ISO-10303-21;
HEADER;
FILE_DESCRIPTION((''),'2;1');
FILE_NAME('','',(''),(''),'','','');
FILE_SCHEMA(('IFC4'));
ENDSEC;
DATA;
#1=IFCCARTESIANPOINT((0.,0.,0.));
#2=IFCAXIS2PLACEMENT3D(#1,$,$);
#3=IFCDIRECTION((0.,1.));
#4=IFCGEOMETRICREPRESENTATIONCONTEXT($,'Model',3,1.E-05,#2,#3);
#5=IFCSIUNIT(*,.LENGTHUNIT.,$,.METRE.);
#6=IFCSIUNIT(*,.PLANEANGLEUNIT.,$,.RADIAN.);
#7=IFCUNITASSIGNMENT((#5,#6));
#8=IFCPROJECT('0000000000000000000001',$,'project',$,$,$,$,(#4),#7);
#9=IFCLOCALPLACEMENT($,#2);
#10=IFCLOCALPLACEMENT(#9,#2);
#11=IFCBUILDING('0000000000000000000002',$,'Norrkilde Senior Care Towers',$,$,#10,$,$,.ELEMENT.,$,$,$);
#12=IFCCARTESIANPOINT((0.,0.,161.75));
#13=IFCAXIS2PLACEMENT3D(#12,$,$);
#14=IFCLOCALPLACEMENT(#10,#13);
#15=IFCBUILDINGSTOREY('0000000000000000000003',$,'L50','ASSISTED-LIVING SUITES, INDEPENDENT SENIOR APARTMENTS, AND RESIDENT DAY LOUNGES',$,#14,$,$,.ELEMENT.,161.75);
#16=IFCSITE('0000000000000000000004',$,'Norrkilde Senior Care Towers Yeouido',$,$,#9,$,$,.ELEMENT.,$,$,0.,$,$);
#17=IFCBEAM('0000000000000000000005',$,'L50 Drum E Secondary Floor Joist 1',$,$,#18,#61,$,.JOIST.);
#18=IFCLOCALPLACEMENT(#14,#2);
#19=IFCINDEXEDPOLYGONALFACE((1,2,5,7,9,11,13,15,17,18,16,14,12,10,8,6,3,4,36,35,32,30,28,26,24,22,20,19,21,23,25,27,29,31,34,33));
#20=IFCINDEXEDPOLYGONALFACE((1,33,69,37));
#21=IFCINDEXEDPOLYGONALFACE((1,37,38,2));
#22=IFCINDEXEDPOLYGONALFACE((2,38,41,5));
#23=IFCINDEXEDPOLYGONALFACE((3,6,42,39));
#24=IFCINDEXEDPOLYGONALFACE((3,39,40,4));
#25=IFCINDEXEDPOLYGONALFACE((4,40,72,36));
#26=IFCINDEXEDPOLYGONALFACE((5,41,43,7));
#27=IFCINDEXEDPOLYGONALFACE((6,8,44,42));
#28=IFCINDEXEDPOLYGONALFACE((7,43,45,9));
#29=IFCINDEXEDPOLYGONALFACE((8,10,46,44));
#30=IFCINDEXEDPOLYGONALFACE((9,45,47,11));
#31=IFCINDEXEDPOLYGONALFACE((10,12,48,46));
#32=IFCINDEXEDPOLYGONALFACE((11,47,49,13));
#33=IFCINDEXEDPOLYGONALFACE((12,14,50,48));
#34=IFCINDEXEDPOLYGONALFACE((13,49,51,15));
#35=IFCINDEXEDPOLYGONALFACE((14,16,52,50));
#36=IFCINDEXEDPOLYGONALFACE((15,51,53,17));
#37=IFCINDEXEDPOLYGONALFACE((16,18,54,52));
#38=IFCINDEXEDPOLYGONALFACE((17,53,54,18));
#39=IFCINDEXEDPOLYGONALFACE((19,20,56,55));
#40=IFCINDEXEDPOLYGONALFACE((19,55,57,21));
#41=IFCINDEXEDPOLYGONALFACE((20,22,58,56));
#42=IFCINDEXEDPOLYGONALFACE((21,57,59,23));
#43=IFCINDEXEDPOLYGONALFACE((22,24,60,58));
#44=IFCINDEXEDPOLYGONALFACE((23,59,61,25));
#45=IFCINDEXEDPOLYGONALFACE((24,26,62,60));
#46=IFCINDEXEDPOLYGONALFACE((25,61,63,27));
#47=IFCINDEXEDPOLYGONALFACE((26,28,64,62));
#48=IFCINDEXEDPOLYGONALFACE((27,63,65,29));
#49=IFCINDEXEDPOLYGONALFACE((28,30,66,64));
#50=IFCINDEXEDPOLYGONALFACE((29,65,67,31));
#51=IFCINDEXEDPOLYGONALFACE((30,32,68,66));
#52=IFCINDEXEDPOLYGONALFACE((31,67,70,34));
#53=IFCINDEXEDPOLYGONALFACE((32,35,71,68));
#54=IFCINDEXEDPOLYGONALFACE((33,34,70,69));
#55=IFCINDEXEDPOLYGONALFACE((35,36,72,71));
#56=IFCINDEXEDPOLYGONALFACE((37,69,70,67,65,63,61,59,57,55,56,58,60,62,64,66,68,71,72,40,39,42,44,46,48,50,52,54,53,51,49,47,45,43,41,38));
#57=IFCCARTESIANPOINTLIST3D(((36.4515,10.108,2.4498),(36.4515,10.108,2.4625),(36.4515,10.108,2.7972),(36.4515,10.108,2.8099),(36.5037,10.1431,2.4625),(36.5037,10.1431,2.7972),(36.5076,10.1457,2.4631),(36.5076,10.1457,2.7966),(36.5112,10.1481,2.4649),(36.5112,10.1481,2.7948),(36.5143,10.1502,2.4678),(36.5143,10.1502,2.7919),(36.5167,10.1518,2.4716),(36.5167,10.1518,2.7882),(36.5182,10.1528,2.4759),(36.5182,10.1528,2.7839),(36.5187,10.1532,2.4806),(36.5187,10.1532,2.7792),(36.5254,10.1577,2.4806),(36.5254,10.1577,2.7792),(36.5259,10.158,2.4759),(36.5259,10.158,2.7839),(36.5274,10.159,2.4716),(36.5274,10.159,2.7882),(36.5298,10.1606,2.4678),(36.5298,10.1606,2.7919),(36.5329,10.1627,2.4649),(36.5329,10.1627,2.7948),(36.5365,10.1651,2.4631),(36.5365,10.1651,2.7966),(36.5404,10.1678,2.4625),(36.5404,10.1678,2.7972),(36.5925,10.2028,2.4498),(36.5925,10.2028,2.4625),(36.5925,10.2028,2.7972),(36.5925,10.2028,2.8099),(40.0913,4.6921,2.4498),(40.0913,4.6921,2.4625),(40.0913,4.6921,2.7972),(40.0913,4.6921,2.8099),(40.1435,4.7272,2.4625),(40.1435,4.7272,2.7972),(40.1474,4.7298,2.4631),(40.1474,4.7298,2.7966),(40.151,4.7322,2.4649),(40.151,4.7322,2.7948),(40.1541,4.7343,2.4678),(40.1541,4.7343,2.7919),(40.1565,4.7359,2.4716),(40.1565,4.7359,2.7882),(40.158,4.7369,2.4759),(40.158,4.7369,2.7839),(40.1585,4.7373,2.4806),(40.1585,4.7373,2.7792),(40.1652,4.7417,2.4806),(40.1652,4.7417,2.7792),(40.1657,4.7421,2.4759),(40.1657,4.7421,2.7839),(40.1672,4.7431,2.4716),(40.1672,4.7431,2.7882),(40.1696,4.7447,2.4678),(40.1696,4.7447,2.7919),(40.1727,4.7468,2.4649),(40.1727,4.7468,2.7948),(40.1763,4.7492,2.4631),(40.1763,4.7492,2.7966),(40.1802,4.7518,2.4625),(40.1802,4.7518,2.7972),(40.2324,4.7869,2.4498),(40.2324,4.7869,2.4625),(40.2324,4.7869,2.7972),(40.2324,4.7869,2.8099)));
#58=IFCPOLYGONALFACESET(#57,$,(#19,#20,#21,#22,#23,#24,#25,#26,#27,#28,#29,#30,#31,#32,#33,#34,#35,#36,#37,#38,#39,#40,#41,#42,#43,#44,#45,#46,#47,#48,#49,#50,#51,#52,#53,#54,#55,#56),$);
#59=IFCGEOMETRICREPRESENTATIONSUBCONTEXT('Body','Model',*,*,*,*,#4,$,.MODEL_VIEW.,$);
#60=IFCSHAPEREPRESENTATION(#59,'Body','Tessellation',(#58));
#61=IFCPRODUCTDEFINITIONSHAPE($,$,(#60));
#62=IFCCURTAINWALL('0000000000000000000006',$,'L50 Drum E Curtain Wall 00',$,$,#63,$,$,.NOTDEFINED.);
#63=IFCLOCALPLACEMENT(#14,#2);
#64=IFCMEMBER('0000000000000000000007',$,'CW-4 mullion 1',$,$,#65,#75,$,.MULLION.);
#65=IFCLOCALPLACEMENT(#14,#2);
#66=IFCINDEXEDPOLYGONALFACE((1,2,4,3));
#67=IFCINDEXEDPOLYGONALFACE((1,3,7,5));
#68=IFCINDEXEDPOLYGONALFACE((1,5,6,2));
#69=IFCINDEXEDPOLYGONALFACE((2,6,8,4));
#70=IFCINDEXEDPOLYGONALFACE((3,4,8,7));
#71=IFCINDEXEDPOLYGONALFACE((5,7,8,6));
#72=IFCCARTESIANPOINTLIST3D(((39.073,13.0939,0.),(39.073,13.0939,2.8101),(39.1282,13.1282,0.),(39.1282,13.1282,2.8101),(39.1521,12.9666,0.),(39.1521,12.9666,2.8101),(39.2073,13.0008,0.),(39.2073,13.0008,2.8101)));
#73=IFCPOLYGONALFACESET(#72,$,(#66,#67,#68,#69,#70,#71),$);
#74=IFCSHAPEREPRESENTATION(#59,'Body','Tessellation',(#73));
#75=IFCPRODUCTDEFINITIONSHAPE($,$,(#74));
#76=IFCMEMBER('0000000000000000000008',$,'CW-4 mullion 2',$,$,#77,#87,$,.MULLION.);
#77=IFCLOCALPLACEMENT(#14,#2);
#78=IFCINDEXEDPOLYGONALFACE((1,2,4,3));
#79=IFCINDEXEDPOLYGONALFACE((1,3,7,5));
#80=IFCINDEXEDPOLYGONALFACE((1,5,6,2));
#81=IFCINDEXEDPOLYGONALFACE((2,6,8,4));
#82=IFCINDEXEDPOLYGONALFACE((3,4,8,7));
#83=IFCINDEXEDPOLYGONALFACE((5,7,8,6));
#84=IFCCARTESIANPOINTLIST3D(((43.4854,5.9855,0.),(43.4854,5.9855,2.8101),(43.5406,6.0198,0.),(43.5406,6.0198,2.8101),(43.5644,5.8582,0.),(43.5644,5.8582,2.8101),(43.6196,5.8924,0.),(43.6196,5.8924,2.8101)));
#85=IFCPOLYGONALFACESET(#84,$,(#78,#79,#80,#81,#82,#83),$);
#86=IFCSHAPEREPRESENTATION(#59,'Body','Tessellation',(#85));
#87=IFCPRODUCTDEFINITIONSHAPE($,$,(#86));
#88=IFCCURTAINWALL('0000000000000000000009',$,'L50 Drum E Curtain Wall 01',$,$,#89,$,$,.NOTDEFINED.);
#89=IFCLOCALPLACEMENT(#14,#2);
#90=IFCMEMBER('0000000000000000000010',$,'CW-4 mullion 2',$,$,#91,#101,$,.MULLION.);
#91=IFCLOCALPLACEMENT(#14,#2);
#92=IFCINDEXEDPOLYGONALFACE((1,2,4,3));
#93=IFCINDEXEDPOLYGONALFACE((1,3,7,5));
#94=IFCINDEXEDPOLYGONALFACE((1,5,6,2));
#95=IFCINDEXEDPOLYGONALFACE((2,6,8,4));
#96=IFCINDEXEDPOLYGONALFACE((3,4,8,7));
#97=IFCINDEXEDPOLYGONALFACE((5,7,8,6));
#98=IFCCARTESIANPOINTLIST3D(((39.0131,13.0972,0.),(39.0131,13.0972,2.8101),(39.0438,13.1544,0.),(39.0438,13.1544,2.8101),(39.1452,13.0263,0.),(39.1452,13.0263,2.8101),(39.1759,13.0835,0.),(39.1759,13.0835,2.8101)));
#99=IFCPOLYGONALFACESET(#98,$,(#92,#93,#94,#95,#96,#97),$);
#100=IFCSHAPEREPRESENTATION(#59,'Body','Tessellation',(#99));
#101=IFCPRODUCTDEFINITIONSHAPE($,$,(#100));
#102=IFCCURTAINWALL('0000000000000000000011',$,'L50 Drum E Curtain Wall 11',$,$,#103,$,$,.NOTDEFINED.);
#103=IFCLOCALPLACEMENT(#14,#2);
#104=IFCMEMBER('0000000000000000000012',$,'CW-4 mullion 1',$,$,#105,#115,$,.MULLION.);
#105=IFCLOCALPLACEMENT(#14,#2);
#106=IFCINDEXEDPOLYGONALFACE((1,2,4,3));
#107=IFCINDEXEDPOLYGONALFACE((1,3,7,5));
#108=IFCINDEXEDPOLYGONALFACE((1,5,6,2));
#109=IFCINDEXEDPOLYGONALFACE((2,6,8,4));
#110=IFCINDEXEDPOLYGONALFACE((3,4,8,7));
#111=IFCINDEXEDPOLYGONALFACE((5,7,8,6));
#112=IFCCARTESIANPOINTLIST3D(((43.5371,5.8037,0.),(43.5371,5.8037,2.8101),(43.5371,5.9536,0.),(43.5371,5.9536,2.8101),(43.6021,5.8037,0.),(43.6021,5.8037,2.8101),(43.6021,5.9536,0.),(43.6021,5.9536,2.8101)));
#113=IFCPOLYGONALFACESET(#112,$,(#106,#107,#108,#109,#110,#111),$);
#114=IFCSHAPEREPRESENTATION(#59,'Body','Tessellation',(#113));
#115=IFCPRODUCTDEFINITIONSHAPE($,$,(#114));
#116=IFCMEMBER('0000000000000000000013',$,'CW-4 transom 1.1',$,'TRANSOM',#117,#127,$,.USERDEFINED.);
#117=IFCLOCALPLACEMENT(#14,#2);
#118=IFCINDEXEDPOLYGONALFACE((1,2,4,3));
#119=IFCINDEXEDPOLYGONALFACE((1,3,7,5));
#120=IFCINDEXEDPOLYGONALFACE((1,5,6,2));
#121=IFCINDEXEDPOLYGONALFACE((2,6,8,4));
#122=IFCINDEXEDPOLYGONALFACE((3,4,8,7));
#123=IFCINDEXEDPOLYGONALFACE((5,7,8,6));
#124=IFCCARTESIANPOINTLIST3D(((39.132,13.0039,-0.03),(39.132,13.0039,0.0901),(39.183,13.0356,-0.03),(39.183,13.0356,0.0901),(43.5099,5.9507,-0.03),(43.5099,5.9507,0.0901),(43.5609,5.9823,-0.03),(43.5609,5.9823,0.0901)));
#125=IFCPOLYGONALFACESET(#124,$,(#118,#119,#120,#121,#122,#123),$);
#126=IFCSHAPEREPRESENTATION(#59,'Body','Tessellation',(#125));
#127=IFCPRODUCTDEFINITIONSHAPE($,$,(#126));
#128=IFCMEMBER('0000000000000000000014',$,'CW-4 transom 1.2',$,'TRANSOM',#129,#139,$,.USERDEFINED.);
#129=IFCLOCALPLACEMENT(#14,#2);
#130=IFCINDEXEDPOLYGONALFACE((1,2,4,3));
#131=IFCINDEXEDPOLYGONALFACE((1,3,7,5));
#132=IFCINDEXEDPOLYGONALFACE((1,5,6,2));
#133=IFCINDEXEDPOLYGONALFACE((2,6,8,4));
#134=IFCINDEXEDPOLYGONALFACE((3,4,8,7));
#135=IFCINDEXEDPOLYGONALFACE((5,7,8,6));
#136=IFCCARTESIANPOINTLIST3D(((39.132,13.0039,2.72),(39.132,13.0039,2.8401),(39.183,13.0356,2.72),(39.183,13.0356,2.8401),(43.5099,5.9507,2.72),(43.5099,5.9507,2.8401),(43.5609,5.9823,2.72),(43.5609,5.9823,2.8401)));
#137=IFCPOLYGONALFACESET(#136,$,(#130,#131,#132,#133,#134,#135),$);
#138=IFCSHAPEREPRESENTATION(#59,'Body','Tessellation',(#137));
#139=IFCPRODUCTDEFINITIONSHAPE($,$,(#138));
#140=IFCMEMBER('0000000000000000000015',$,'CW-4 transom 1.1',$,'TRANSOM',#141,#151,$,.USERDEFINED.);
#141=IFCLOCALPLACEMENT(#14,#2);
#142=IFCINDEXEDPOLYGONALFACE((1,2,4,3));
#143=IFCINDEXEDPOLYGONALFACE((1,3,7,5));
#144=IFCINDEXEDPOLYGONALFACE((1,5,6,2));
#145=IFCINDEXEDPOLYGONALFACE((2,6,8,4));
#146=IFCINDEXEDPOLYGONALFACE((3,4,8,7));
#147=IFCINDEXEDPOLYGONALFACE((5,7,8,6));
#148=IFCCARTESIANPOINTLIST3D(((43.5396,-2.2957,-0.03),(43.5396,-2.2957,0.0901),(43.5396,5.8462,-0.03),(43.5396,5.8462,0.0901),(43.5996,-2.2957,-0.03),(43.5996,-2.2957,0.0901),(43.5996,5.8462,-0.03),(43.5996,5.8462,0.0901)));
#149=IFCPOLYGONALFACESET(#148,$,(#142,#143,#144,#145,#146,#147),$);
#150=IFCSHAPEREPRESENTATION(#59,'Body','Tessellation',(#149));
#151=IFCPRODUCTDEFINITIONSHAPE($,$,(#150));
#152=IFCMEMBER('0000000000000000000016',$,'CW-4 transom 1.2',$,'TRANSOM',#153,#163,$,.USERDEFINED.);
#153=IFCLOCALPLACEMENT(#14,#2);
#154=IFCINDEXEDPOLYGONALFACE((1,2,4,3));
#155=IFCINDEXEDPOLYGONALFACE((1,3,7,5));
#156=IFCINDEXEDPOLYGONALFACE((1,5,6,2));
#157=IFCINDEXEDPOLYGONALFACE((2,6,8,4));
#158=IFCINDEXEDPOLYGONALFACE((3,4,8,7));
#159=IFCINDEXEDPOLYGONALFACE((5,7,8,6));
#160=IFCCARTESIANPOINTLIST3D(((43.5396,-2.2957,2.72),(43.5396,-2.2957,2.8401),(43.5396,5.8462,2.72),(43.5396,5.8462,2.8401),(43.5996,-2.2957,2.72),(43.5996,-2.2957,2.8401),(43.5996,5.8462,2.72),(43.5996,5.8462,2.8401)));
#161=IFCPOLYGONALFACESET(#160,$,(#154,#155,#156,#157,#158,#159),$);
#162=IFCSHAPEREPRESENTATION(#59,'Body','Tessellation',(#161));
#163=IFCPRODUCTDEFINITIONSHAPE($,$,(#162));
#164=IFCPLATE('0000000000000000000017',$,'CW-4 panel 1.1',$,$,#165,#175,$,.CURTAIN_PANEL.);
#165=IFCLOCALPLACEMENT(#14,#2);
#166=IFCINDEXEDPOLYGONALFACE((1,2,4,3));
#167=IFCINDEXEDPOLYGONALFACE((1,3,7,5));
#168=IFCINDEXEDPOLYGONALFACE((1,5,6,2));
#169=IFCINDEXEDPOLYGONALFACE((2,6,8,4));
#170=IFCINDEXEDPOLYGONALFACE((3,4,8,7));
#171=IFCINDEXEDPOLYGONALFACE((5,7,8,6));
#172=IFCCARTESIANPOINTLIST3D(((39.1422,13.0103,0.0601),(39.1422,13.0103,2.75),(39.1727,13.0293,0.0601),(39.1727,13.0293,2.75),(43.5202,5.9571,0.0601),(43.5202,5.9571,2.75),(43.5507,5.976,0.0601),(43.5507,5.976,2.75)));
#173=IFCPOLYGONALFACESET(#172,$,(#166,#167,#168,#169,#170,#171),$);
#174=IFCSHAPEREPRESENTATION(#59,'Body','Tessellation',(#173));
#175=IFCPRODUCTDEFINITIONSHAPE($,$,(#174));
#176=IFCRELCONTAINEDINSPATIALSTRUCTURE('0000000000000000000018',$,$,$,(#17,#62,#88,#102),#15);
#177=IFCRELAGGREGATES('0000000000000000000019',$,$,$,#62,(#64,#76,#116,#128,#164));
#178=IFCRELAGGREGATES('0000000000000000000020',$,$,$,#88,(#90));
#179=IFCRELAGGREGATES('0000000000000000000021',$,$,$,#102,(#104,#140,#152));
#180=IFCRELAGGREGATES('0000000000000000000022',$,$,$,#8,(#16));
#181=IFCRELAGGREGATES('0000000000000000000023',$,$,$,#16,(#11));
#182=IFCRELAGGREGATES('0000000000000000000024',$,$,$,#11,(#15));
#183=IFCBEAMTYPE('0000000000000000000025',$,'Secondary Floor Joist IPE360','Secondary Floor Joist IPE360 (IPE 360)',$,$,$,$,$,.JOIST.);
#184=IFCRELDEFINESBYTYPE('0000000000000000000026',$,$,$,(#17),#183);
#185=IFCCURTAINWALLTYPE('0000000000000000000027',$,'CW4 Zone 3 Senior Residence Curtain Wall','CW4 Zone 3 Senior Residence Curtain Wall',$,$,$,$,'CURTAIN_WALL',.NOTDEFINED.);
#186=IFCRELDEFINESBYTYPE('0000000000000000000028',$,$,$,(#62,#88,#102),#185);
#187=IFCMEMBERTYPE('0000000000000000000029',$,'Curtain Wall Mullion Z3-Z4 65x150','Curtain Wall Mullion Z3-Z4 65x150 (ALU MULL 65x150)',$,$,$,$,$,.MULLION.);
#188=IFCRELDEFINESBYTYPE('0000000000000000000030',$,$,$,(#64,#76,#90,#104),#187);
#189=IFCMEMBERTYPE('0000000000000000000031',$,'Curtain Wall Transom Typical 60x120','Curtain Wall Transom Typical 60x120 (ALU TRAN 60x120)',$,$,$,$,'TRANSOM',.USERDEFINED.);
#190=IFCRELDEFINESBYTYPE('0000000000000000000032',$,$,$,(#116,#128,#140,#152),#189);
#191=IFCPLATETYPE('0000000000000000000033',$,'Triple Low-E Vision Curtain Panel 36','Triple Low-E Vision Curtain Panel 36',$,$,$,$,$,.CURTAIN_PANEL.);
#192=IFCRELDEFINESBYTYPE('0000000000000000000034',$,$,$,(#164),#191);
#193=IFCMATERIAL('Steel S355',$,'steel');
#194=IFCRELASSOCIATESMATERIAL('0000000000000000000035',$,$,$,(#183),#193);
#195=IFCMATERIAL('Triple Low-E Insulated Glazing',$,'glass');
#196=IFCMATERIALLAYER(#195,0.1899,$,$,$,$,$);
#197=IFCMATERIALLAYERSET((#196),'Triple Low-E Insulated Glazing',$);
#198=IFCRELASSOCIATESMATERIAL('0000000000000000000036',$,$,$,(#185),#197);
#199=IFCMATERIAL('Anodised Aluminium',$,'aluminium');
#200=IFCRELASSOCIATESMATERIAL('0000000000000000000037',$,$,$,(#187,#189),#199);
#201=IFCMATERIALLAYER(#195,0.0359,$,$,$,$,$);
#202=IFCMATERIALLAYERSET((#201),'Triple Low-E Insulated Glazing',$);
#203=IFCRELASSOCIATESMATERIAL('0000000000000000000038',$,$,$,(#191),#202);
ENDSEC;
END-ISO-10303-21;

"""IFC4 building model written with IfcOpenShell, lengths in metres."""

from ifc_helpers import new_model, si_unit, direction, frame, origin, origin_2d, place, context, subcontext, project, spatial, rectangle, i_section, extrude, source, transform, mapped, material, layer, layer_set, material_profile, profile_set, type_object, type_shapes, element, aggregate, save


model = new_model("IFC4")

# Units and contexts
model_context = context("Model", 3, precision=1e-05, world=origin(), true_north=direction((0.0, 1.0)))
body_context = subcontext(model_context, "Body", "Model", "MODEL_VIEW")
ifc_project = project(units=[si_unit("LENGTHUNIT", "METRE"), si_unit("PLANEANGLEUNIT", "RADIAN")], contexts=[model_context])

# Site, building, storey
site_placement = place(None, origin())
site = spatial("IfcSite", under=ifc_project, at=site_placement, Name="Norrkilde Senior Care Towers Yeouido", CompositionType="ELEMENT", RefElevation=0.0)
building_placement = place(site_placement, origin())
building = spatial("IfcBuilding", under=site, at=building_placement, Name="Norrkilde Senior Care Towers", CompositionType="ELEMENT")
storey_placement = place(building_placement, frame((0.0, 0.0, 161.75)))
storey = spatial("IfcBuildingStorey", under=building, at=storey_placement, Name="L50", Description="ASSISTED-LIVING SUITES, INDEPENDENT SENIOR APARTMENTS, AND RESIDENT DAY LOUNGES", CompositionType="ELEMENT", Elevation=161.75)

# Beam
ifc_material_1 = material(Name="Steel S355", Category="steel")
ifc_material_profile_1 = material_profile(ifc_material_1, i_section(OverallWidth=0.1699, OverallDepth=0.3601, WebThickness=0.0081, FlangeThickness=0.0127, FilletRadius=0.0181, at=origin_2d()), Name="IPE 360")
ifc_profile_set_1 = profile_set([ifc_material_profile_1], Name="Steel S355")
beam_type_1 = type_object("IfcBeamType", Name="Secondary Floor Joist IPE360", Description="Secondary Floor Joist IPE360 (IPE 360)", PredefinedType="JOIST", material=ifc_profile_set_1)
shared_shape_1 = source(origin(), body_context, "Body", "SweptSolid", [
    extrude(i_section(OverallWidth=0.1699, OverallDepth=0.3601, WebThickness=0.0081, FlangeThickness=0.0127, FilletRadius=0.0181, at=origin_2d()), origin(), (0.0, 0.0, 1.0), 6.5254),
])
type_shapes(beam_type_1, [shared_shape_1])
beam_1_placement = place(storey_placement, frame((40.1619, 4.7395, 2.6299), z_axis=(-0.557796, 0.829978, 0.0), x_axis=(-0.829978, -0.557796, 0.0)))
element("IfcBeam", 1, at=beam_1_placement, inside=storey, type_object=beam_type_1, Name="L50 Drum E Secondary Floor Joist 1", PredefinedType="JOIST", context=body_context, shape_type="MappedRepresentation", body=[
    mapped(shared_shape_1, transform((0.0, 0.0, 0.0), x_axis=(1.0, 0.0, 0.0), y_axis=(0.0, 1.0, 0.0), z_axis=(0.0, 0.0, 1.0), scale=1.0)),
])

# Curtain wall, members
ifc_material_2 = material(Name="Triple Low-E Insulated Glazing", Category="glass")
ifc_layer_1 = layer(ifc_material_2, 0.1899)
ifc_layer_set_1 = layer_set([ifc_layer_1], Name="Triple Low-E Insulated Glazing")
curtain_wall_type = type_object("IfcCurtainWallType", Name="CW4 Zone 3 Senior Residence Curtain Wall", Description="CW4 Zone 3 Senior Residence Curtain Wall", ElementType="CURTAIN_WALL", PredefinedType="NOTDEFINED", material=ifc_layer_set_1)
curtain_wall_1_placement = place(storey_placement, origin())
curtain_wall_1 = element("IfcCurtainWall", 2, at=curtain_wall_1_placement, inside=storey, type_object=curtain_wall_type, Name="L50 Drum E Curtain Wall 00", PredefinedType="NOTDEFINED")
ifc_material_3 = material(Name="Anodised Aluminium", Category="aluminium")
ifc_material_profile_2 = material_profile(ifc_material_3, rectangle(XDim=0.0649, YDim=0.1499, at=origin_2d()), Name="ALU MULL 65x150")
ifc_profile_set_2 = profile_set([ifc_material_profile_2], Name="Anodised Aluminium")
member_type_1 = type_object("IfcMemberType", Name="Curtain Wall Mullion Z3-Z4 65x150", Description="Curtain Wall Mullion Z3-Z4 65x150 (ALU MULL 65x150)", PredefinedType="MULLION", material=ifc_profile_set_2)
shared_shape_2 = source(origin(), body_context, "Body", "SweptSolid", [
    extrude(rectangle(XDim=0.0649, YDim=0.1499, at=origin_2d()), origin(), (0.0, 0.0, 1.0), 2.8101),
])
type_shapes(member_type_1, [shared_shape_2])
member_1_placement = place(storey_placement, frame((39.1401, 13.0474, 0.0), z_axis=(0.0, 0.0, 1.0), x_axis=(0.849634, 0.527373, 0.0)))
member_1 = element("IfcMember", 3, at=member_1_placement, type_object=member_type_1, Name="CW-4 mullion 1", PredefinedType="MULLION", context=body_context, shape_type="MappedRepresentation", body=[
    mapped(shared_shape_2, transform((0.0, 0.0, 0.0), x_axis=(1.0, 0.0, 0.0), y_axis=(0.0, 1.0, 0.0), z_axis=(0.0, 0.0, 1.0), scale=1.0)),
])
member_2_placement = place(storey_placement, frame((43.5525, 5.939, 0.0), z_axis=(0.0, 0.0, 1.0), x_axis=(0.849634, 0.527373, 0.0)))
member_2 = element("IfcMember", 4, at=member_2_placement, type_object=member_type_1, Name="CW-4 mullion 2", PredefinedType="MULLION", context=body_context, shape_type="MappedRepresentation", body=[
    mapped(shared_shape_2, transform((0.0, 0.0, 0.0), x_axis=(1.0, 0.0, 0.0), y_axis=(0.0, 1.0, 0.0), z_axis=(0.0, 0.0, 1.0), scale=1.0)),
])

# Curtain walls, members
curtain_wall_2_placement = place(storey_placement, origin())
curtain_wall_2 = element("IfcCurtainWall", 5, at=curtain_wall_2_placement, inside=storey, type_object=curtain_wall_type, Name="L50 Drum E Curtain Wall 01", PredefinedType="NOTDEFINED")
member_3_placement = place(storey_placement, frame((39.0945, 13.0903, 0.0), z_axis=(0.0, 0.0, 1.0), x_axis=(0.473117, 0.881, 0.0)))
member_3 = element("IfcMember", 6, at=member_3_placement, type_object=member_type_1, Name="CW-4 mullion 2", PredefinedType="MULLION", context=body_context, shape_type="MappedRepresentation", body=[
    mapped(shared_shape_2, transform((0.0, 0.0, 0.0), x_axis=(1.0, 0.0, 0.0), y_axis=(0.0, 1.0, 0.0), z_axis=(0.0, 0.0, 1.0), scale=1.0)),
])
curtain_wall_3_placement = place(storey_placement, origin())
curtain_wall_3 = element("IfcCurtainWall", 7, at=curtain_wall_3_placement, inside=storey, type_object=curtain_wall_type, Name="L50 Drum E Curtain Wall 11", PredefinedType="NOTDEFINED")
member_4_placement = place(storey_placement, frame((43.5696, 5.8787, 0.0), z_axis=(0.0, 0.0, 1.0), x_axis=(1.0, 0.0, 0.0)))
member_4 = element("IfcMember", 8, at=member_4_placement, type_object=member_type_1, Name="CW-4 mullion 1", PredefinedType="MULLION", context=body_context, shape_type="MappedRepresentation", body=[
    mapped(shared_shape_2, transform((0.0, 0.0, 0.0), x_axis=(1.0, 0.0, 0.0), y_axis=(0.0, 1.0, 0.0), z_axis=(0.0, 0.0, 1.0), scale=1.0)),
])

# Members
ifc_material_profile_3 = material_profile(ifc_material_3, rectangle(XDim=0.0601, YDim=0.1201, at=origin_2d()), Name="ALU TRAN 60x120")
ifc_profile_set_3 = profile_set([ifc_material_profile_3], Name="Anodised Aluminium")
member_type_2 = type_object("IfcMemberType", Name="Curtain Wall Transom Typical 60x120", Description="Curtain Wall Transom Typical 60x120 (ALU TRAN 60x120)", ElementType="TRANSOM", PredefinedType="USERDEFINED", material=ifc_profile_set_3)
shared_shape_3 = source(origin(), body_context, "Body", "SweptSolid", [
    extrude(rectangle(XDim=0.0601, YDim=0.1201, at=origin_2d()), origin(), (0.0, 0.0, 1.0), 8.3015),
])
member_5_placement = place(storey_placement, frame((39.1575, 13.0198, 0.03), z_axis=(0.527369, -0.849637, 0.0), x_axis=(0.849637, 0.527369, 0.0)))
member_5 = element("IfcMember", 9, at=member_5_placement, type_object=member_type_2, Name="CW-4 transom 1.1", ObjectType="TRANSOM", PredefinedType="USERDEFINED", context=body_context, shape_type="MappedRepresentation", body=[
    mapped(shared_shape_3, transform((0.0, 0.0, 0.0), x_axis=(1.0, 0.0, 0.0), y_axis=(0.0, 1.0, 0.0), z_axis=(0.0, 0.0, 1.0), scale=1.0)),
])
member_6_placement = place(storey_placement, frame((39.1575, 13.0198, 2.78), z_axis=(0.527369, -0.849637, 0.0), x_axis=(0.849637, 0.527369, 0.0)))
member_6 = element("IfcMember", 10, at=member_6_placement, type_object=member_type_2, Name="CW-4 transom 1.2", ObjectType="TRANSOM", PredefinedType="USERDEFINED", context=body_context, shape_type="MappedRepresentation", body=[
    mapped(shared_shape_3, transform((0.0, 0.0, 0.0), x_axis=(1.0, 0.0, 0.0), y_axis=(0.0, 1.0, 0.0), z_axis=(0.0, 0.0, 1.0), scale=1.0)),
])
shared_shape_4 = source(origin(), body_context, "Body", "SweptSolid", [
    extrude(rectangle(XDim=0.0601, YDim=0.1201, at=origin_2d()), origin(), (0.0, 0.0, 1.0), 8.1418),
])
type_shapes(member_type_2, [shared_shape_3, shared_shape_4])
member_7_placement = place(storey_placement, frame((43.5696, 5.8462, 0.03), z_axis=(0.0, -1.0, 0.0), x_axis=(1.0, 0.0, 0.0)))
member_7 = element("IfcMember", 11, at=member_7_placement, type_object=member_type_2, Name="CW-4 transom 1.1", ObjectType="TRANSOM", PredefinedType="USERDEFINED", context=body_context, shape_type="MappedRepresentation", body=[
    mapped(shared_shape_4, transform((0.0, 0.0, 0.0), x_axis=(1.0, 0.0, 0.0), y_axis=(0.0, 1.0, 0.0), z_axis=(0.0, 0.0, 1.0), scale=1.0)),
])
member_8_placement = place(storey_placement, frame((43.5696, 5.8462, 2.78), z_axis=(0.0, -1.0, 0.0), x_axis=(1.0, 0.0, 0.0)))
member_8 = element("IfcMember", 12, at=member_8_placement, type_object=member_type_2, Name="CW-4 transom 1.2", ObjectType="TRANSOM", PredefinedType="USERDEFINED", context=body_context, shape_type="MappedRepresentation", body=[
    mapped(shared_shape_4, transform((0.0, 0.0, 0.0), x_axis=(1.0, 0.0, 0.0), y_axis=(0.0, 1.0, 0.0), z_axis=(0.0, 0.0, 1.0), scale=1.0)),
])

# Plate
ifc_layer_2 = layer(ifc_material_2, 0.0359)
ifc_layer_set_2 = layer_set([ifc_layer_2], Name="Triple Low-E Insulated Glazing")
plate_type = type_object("IfcPlateType", Name="Triple Low-E Vision Curtain Panel 36", Description="Triple Low-E Vision Curtain Panel 36", PredefinedType="CURTAIN_PANEL", material=ifc_layer_set_2)
shared_shape_5 = source(origin(), body_context, "Body", "SweptSolid", [
    extrude(rectangle(XDim=8.3015, YDim=0.0359, at=origin_2d()), origin(), (0.0, 0.0, 1.0), 2.6899),
])
plate_1_placement = place(storey_placement, frame((41.3464, 9.4932, 0.0601), z_axis=(0.0, 0.0, 1.0), x_axis=(0.527373, -0.849634, 0.0)))
plate_1 = element("IfcPlate", 13, at=plate_1_placement, type_object=plate_type, Name="CW-4 panel 1.1", PredefinedType="CURTAIN_PANEL", context=body_context, shape_type="MappedRepresentation", body=[
    mapped(shared_shape_5, transform((0.0, 0.0, 0.0), x_axis=(1.0, 0.0, 0.0), y_axis=(0.0, 1.0, 0.0), z_axis=(0.0, 0.0, 1.0), scale=1.0)),
])
aggregate(curtain_wall_1, [member_1, member_2, member_5, member_6, plate_1])
aggregate(curtain_wall_2, [member_3])
aggregate(curtain_wall_3, [member_4, member_7, member_8])

save(model, "model.ifc")
